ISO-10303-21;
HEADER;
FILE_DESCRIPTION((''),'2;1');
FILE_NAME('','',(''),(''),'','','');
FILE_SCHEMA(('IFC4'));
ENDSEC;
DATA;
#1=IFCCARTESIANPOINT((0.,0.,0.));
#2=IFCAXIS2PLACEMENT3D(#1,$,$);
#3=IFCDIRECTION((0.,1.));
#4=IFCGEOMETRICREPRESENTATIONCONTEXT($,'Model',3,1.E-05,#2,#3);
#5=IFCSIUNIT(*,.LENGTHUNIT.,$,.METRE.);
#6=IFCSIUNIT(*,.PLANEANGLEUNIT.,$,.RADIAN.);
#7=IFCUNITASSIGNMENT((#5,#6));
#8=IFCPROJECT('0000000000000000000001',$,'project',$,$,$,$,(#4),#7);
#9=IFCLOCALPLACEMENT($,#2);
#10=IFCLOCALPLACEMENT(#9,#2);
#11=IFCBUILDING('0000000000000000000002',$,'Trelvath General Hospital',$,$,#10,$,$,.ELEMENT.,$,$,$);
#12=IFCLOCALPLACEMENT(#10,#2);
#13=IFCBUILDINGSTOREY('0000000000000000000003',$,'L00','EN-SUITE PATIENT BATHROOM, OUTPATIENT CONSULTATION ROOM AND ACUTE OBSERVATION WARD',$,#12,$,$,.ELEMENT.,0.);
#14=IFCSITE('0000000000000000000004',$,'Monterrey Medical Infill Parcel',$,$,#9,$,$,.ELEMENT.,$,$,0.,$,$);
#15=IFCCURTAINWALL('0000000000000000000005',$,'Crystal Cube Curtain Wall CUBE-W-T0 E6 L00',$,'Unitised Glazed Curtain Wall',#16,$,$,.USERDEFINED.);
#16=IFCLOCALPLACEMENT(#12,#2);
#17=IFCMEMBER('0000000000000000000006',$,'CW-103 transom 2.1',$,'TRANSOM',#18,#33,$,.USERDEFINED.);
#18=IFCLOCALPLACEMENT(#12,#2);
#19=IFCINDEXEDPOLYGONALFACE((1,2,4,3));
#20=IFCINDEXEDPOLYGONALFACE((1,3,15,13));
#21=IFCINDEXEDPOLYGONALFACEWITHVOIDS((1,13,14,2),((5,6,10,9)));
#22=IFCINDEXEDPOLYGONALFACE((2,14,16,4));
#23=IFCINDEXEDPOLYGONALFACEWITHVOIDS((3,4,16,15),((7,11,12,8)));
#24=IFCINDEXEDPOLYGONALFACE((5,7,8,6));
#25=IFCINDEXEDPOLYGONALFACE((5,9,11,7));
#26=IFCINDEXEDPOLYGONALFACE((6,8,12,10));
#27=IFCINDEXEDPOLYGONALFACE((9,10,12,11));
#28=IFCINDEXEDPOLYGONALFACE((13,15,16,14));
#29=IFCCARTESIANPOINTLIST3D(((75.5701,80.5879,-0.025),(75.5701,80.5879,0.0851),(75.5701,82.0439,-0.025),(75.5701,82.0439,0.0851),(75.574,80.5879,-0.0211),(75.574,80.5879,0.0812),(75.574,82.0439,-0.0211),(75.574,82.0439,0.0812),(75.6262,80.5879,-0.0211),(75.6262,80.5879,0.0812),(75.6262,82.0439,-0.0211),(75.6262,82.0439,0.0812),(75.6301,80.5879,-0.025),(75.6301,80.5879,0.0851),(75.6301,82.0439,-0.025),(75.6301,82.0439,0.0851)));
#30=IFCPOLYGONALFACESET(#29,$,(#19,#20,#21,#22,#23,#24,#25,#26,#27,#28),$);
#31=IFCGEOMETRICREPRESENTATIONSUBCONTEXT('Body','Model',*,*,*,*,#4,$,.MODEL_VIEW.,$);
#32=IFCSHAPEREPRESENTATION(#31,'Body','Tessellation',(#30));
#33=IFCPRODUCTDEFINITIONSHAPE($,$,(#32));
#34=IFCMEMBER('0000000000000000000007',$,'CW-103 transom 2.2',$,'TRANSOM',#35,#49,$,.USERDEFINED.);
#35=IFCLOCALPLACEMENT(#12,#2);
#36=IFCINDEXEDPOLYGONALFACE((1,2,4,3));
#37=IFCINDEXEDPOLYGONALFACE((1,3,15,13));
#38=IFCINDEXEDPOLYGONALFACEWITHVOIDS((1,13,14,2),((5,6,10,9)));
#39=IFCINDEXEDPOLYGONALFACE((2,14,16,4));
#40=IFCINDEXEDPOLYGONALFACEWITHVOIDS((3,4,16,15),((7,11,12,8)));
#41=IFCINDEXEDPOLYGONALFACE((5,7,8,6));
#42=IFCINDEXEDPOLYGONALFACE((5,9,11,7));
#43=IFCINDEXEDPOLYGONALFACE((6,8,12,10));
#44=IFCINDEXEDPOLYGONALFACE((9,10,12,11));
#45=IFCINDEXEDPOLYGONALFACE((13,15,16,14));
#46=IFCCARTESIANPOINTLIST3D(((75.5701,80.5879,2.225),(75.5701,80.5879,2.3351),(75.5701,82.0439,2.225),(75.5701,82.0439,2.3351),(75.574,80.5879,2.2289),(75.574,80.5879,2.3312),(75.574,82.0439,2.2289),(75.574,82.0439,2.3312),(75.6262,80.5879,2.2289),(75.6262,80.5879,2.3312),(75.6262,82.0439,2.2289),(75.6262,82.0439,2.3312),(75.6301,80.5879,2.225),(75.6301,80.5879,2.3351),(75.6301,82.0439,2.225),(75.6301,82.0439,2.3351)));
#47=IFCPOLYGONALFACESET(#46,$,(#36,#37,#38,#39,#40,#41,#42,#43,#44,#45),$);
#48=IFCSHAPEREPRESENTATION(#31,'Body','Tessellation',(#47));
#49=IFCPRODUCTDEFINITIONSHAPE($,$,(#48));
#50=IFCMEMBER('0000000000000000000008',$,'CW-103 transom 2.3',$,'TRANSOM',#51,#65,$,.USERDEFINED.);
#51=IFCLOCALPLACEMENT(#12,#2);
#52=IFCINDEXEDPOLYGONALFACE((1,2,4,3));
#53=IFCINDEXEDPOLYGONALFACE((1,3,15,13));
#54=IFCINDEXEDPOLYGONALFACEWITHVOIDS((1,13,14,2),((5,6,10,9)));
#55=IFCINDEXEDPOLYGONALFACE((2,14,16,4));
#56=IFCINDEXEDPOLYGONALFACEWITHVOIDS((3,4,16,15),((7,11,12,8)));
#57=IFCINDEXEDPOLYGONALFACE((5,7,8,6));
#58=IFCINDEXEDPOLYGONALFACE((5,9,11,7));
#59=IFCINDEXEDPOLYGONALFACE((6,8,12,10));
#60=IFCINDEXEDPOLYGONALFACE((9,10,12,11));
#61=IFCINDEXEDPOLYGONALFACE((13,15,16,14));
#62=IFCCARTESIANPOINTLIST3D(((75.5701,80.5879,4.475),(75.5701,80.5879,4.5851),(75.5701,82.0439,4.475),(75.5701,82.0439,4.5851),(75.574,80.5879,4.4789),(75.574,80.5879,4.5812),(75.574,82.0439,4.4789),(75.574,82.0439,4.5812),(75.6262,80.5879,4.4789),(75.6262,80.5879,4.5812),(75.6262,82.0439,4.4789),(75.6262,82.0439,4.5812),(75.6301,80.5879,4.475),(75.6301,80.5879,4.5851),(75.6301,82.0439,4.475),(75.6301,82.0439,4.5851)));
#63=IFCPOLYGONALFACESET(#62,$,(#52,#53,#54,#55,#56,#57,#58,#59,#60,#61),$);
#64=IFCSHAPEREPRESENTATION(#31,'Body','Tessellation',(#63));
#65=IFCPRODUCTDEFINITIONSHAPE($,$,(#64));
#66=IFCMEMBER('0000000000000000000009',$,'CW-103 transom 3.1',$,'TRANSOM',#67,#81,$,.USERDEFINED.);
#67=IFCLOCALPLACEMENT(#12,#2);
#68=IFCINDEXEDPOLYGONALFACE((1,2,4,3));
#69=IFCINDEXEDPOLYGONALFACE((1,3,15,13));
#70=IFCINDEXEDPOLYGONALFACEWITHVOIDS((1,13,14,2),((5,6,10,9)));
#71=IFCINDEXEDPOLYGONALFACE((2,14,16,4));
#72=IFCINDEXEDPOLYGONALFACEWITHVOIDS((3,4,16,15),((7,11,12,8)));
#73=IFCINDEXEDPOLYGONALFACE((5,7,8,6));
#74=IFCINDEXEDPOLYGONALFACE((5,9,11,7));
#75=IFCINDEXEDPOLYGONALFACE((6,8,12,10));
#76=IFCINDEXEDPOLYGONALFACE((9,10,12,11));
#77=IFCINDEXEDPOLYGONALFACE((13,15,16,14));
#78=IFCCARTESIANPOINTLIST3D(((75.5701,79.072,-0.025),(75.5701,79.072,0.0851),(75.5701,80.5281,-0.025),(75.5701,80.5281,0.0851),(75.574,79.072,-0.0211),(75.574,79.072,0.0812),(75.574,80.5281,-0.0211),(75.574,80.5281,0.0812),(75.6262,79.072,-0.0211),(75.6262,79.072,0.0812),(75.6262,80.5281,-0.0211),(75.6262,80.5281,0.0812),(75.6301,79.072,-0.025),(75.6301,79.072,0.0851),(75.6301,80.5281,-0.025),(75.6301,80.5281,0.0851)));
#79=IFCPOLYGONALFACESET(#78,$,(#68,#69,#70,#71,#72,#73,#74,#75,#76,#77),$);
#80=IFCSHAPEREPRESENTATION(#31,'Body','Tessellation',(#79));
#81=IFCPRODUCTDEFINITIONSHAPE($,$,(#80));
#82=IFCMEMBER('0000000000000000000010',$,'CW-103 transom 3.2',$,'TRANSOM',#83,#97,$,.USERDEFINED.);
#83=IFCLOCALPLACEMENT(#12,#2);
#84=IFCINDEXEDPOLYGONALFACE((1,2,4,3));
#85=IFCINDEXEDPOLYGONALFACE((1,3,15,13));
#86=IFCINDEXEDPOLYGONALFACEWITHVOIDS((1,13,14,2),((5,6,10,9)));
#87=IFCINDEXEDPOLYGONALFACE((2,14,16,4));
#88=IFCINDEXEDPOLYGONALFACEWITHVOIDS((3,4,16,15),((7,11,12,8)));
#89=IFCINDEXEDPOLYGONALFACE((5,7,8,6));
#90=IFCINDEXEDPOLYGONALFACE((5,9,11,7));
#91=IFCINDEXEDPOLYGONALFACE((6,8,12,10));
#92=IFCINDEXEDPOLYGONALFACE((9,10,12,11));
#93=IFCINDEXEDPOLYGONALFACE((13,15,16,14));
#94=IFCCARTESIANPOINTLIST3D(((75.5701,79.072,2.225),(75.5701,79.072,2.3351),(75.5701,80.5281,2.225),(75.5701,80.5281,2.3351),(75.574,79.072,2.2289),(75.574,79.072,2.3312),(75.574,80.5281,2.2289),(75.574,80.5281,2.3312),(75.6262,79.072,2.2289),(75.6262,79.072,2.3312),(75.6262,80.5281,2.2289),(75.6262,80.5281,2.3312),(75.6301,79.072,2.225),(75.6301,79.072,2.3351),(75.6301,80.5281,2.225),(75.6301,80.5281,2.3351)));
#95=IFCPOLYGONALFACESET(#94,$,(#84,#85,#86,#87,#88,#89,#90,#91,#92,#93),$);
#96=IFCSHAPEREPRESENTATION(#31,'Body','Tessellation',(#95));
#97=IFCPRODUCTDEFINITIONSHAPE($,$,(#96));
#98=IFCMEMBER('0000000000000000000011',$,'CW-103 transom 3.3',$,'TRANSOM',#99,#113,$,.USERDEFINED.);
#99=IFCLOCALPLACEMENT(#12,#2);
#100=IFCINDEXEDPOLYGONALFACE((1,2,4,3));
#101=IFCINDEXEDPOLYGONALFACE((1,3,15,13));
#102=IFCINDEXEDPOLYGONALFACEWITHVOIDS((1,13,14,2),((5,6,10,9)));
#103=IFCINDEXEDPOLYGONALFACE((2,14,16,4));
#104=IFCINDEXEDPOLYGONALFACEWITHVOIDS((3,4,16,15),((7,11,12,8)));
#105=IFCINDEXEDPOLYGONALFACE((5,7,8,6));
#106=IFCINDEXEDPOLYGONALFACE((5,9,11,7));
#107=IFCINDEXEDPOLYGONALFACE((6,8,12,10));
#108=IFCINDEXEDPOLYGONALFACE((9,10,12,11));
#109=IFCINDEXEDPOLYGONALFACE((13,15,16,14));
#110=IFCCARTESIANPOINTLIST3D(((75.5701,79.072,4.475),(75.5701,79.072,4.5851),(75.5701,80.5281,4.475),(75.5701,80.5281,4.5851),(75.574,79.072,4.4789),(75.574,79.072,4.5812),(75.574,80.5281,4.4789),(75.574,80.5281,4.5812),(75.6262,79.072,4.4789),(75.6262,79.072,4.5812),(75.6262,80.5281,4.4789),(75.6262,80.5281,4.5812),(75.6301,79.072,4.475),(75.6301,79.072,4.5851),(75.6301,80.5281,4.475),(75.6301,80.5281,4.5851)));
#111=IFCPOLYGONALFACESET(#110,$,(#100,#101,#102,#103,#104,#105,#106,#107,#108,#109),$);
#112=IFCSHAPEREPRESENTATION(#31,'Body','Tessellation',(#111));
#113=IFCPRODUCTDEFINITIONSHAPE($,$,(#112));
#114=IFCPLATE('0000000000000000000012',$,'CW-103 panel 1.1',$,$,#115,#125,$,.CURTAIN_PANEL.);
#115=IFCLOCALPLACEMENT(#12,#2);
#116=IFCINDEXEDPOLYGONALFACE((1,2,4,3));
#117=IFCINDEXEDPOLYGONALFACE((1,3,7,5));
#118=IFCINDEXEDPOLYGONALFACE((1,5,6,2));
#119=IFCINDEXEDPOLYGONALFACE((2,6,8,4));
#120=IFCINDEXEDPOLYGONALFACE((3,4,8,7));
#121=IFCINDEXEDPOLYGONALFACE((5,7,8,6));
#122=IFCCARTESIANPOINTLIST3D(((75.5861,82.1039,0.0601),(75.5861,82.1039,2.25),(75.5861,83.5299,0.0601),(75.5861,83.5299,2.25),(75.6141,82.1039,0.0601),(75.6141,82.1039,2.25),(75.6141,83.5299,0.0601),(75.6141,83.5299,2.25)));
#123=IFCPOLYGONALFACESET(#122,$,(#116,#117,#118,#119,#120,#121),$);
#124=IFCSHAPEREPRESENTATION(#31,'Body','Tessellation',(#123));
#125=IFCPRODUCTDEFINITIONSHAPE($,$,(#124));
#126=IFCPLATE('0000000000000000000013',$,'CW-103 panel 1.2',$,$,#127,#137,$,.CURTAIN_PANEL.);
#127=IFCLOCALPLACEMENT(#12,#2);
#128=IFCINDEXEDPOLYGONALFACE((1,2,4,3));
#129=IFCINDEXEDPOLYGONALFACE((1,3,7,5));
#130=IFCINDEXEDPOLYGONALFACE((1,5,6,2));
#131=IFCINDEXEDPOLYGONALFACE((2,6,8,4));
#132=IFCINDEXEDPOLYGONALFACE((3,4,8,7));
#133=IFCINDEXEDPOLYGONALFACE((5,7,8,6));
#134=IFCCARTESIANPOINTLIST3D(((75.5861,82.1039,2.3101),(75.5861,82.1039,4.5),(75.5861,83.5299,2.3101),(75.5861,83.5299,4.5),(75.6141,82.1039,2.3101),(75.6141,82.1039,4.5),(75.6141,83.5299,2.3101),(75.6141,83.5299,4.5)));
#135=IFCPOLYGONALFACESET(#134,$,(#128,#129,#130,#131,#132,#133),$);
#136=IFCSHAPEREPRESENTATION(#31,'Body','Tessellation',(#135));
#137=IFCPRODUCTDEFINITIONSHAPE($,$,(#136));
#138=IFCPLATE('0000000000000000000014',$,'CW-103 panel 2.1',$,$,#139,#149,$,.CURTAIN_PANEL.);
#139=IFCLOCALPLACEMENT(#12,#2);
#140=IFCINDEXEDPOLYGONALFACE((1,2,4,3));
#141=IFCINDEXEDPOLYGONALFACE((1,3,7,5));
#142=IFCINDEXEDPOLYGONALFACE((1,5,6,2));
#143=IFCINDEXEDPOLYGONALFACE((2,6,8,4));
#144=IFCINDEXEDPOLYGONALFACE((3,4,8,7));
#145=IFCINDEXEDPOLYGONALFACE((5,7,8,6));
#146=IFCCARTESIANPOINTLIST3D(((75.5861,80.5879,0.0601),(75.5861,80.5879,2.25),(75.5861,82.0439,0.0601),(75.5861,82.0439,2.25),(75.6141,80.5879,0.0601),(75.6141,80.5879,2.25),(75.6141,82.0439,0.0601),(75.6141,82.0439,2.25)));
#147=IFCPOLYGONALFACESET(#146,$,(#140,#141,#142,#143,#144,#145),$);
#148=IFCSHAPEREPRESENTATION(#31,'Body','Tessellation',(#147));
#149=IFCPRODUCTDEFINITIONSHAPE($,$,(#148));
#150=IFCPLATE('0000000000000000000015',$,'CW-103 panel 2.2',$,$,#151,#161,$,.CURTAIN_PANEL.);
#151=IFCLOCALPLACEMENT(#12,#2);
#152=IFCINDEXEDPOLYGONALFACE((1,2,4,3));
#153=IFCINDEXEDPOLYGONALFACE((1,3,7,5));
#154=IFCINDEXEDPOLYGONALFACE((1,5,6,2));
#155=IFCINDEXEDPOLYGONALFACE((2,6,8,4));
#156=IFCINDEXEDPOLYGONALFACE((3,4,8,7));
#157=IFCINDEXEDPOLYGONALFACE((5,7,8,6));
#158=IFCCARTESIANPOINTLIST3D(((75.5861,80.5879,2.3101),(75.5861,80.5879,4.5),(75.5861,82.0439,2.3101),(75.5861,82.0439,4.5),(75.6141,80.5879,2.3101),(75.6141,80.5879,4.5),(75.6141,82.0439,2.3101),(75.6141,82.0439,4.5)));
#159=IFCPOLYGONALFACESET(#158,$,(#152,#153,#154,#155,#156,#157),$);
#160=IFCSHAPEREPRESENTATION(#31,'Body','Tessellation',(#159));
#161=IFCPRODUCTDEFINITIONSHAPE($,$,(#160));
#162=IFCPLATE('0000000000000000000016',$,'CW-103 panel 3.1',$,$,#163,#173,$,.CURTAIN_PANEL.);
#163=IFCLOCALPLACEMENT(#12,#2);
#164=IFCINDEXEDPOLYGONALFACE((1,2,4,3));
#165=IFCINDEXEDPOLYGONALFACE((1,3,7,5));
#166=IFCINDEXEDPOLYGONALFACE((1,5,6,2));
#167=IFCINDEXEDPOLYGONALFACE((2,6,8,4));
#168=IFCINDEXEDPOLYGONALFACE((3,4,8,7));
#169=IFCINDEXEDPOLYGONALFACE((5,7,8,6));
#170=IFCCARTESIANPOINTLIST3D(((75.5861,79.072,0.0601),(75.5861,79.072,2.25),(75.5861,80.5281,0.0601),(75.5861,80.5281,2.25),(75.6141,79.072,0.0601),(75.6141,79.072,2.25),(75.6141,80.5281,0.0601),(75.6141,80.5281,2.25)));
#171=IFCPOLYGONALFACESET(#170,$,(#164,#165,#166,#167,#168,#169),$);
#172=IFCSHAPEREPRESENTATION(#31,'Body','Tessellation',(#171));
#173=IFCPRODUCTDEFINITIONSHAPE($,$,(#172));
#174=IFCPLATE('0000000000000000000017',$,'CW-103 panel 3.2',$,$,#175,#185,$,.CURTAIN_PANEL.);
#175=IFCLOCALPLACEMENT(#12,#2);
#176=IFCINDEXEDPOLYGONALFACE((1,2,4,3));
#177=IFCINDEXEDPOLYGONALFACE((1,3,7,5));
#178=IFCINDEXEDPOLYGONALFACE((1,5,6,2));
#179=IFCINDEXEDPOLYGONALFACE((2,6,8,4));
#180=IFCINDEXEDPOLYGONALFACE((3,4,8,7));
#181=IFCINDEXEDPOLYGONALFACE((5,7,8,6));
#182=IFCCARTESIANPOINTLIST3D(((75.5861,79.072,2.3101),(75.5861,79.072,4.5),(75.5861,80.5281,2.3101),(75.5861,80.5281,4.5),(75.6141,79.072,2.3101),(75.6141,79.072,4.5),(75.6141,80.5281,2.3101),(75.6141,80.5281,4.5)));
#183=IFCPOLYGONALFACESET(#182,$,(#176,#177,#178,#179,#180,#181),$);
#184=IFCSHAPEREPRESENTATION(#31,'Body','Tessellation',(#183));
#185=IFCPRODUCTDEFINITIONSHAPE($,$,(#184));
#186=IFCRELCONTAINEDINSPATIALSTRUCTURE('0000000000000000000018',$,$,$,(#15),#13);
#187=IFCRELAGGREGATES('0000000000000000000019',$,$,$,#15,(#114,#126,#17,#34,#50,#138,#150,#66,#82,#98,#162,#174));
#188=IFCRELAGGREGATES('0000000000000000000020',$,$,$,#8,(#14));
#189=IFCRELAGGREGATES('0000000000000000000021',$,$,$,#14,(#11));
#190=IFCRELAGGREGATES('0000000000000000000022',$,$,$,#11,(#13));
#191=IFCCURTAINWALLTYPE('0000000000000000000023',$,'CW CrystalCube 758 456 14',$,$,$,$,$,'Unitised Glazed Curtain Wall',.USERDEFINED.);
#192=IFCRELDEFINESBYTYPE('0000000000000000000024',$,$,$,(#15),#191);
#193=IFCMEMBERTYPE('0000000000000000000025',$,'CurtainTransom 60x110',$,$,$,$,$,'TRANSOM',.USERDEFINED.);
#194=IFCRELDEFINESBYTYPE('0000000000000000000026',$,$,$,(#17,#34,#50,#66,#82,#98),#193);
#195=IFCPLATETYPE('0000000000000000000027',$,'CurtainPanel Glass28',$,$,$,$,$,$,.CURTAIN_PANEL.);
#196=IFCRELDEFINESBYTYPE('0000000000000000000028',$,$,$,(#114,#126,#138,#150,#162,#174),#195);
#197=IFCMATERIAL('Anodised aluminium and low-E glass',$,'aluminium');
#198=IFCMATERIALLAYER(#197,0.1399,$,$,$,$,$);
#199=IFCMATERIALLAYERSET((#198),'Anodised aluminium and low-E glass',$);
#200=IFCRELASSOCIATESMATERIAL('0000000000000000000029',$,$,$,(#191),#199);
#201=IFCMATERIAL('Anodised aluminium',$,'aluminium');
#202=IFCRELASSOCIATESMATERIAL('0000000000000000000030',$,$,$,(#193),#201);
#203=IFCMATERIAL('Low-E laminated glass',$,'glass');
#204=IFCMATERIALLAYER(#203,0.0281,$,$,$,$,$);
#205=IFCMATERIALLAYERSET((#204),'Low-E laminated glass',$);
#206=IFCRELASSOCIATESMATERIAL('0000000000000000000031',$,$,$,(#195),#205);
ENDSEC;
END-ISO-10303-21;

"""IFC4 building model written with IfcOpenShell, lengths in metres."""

from ifc_helpers import new_model, si_unit, direction, frame, origin, origin_2d, place, context, subcontext, project, spatial, rectangle, hollow_rectangle, extrude, material, layer, layer_set, material_profile, profile_set, type_object, element, aggregate, save


model = new_model("IFC4")

# Units and contexts
model_context = context("Model", 3, precision=1e-05, world=origin(), true_north=direction((0.0, 1.0)))
body_context = subcontext(model_context, "Body", "Model", "MODEL_VIEW")
ifc_project = project(units=[si_unit("LENGTHUNIT", "METRE"), si_unit("PLANEANGLEUNIT", "RADIAN")], contexts=[model_context])

# Site, building, storey
site_placement = place(None, origin())
site = spatial("IfcSite", under=ifc_project, at=site_placement, Name="Monterrey Medical Infill Parcel", CompositionType="ELEMENT", RefElevation=0.0)
building_placement = place(site_placement, origin())
building = spatial("IfcBuilding", under=site, at=building_placement, Name="Trelvath General Hospital", CompositionType="ELEMENT")
storey_placement = place(building_placement, origin())
storey = spatial("IfcBuildingStorey", under=building, at=storey_placement, Name="L00", Description="EN-SUITE PATIENT BATHROOM, OUTPATIENT CONSULTATION ROOM AND ACUTE OBSERVATION WARD", CompositionType="ELEMENT", Elevation=0.0)

# Curtain wall, members, plates
ifc_material_1 = material(Name="Anodised aluminium and low-E glass", Category="aluminium")
ifc_layer_1 = layer(ifc_material_1, 0.1399)
ifc_layer_set_1 = layer_set([ifc_layer_1], Name="Anodised aluminium and low-E glass")
curtain_wall_type = type_object("IfcCurtainWallType", Name="CW CrystalCube 758 456 14", ElementType="Unitised Glazed Curtain Wall", PredefinedType="USERDEFINED", material=ifc_layer_set_1)
curtain_wall_placement = place(storey_placement, origin())
curtain_wall = element("IfcCurtainWall", 1, at=curtain_wall_placement, inside=storey, type_object=curtain_wall_type, Name="Crystal Cube Curtain Wall CUBE-W-T0 E6 L00", ObjectType="Unitised Glazed Curtain Wall", PredefinedType="USERDEFINED")
ifc_material_2 = material(Name="Anodised aluminium", Category="aluminium")
ifc_material_profile_1 = material_profile(ifc_material_2, hollow_rectangle(XDim=0.0601, YDim=0.1101, WallThickness=0.0039, at=origin_2d()), Name="RHS60x110x4")
ifc_profile_set_1 = profile_set([ifc_material_profile_1], Name="Anodised aluminium")
member_type_1 = type_object("IfcMemberType", Name="CurtainTransom 60x110", ElementType="TRANSOM", PredefinedType="USERDEFINED", material=ifc_profile_set_1)
member_1_placement = place(storey_placement, frame((75.6001, 82.0439, 0.03), z_axis=(0.0, -1.0, 0.0), x_axis=(1.0, 0.0, 0.0)))
member_1 = element("IfcMember", 2, at=member_1_placement, type_object=member_type_1, Name="CW-103 transom 2.1", ObjectType="TRANSOM", PredefinedType="USERDEFINED", context=body_context, shape_type="SweptSolid", body=[
    extrude(hollow_rectangle(XDim=0.0601, YDim=0.1101, WallThickness=0.0039, at=origin_2d()), origin(), (0.0, 0.0, 1.0), 1.4561),
])
member_2_placement = place(storey_placement, frame((75.6001, 82.0439, 2.28), z_axis=(0.0, -1.0, 0.0), x_axis=(1.0, 0.0, 0.0)))
member_2 = element("IfcMember", 3, at=member_2_placement, type_object=member_type_1, Name="CW-103 transom 2.2", ObjectType="TRANSOM", PredefinedType="USERDEFINED", context=body_context, shape_type="SweptSolid", body=[
    extrude(hollow_rectangle(XDim=0.0601, YDim=0.1101, WallThickness=0.0039, at=origin_2d()), origin(), (0.0, 0.0, 1.0), 1.4561),
])
member_3_placement = place(storey_placement, frame((75.6001, 82.0439, 4.53), z_axis=(0.0, -1.0, 0.0), x_axis=(1.0, 0.0, 0.0)))
member_3 = element("IfcMember", 4, at=member_3_placement, type_object=member_type_1, Name="CW-103 transom 2.3", ObjectType="TRANSOM", PredefinedType="USERDEFINED", context=body_context, shape_type="SweptSolid", body=[
    extrude(hollow_rectangle(XDim=0.0601, YDim=0.1101, WallThickness=0.0039, at=origin_2d()), origin(), (0.0, 0.0, 1.0), 1.4561),
])
member_4_placement = place(storey_placement, frame((75.6001, 80.5281, 0.03), z_axis=(0.0, -1.0, 0.0), x_axis=(1.0, 0.0, 0.0)))
member_4 = element("IfcMember", 5, at=member_4_placement, type_object=member_type_1, Name="CW-103 transom 3.1", ObjectType="TRANSOM", PredefinedType="USERDEFINED", context=body_context, shape_type="SweptSolid", body=[
    extrude(hollow_rectangle(XDim=0.0601, YDim=0.1101, WallThickness=0.0039, at=origin_2d()), origin(), (0.0, 0.0, 1.0), 1.4561),
])
member_5_placement = place(storey_placement, frame((75.6001, 80.5281, 2.28), z_axis=(0.0, -1.0, 0.0), x_axis=(1.0, 0.0, 0.0)))
member_5 = element("IfcMember", 6, at=member_5_placement, type_object=member_type_1, Name="CW-103 transom 3.2", ObjectType="TRANSOM", PredefinedType="USERDEFINED", context=body_context, shape_type="SweptSolid", body=[
    extrude(hollow_rectangle(XDim=0.0601, YDim=0.1101, WallThickness=0.0039, at=origin_2d()), origin(), (0.0, 0.0, 1.0), 1.4561),
])
member_6_placement = place(storey_placement, frame((75.6001, 80.5281, 4.53), z_axis=(0.0, -1.0, 0.0), x_axis=(1.0, 0.0, 0.0)))
member_6 = element("IfcMember", 7, at=member_6_placement, type_object=member_type_1, Name="CW-103 transom 3.3", ObjectType="TRANSOM", PredefinedType="USERDEFINED", context=body_context, shape_type="SweptSolid", body=[
    extrude(hollow_rectangle(XDim=0.0601, YDim=0.1101, WallThickness=0.0039, at=origin_2d()), origin(), (0.0, 0.0, 1.0), 1.4561),
])
ifc_material_3 = material(Name="Low-E laminated glass", Category="glass")
ifc_layer_2 = layer(ifc_material_3, 0.0281)
ifc_layer_set_2 = layer_set([ifc_layer_2], Name="Low-E laminated glass")
plate_type = type_object("IfcPlateType", Name="CurtainPanel Glass28", PredefinedType="CURTAIN_PANEL", material=ifc_layer_set_2)
plate_1_placement = place(storey_placement, frame((75.6001, 82.8169, 0.0601), z_axis=(0.0, 0.0, 1.0), x_axis=(0.0, -1.0, 0.0)))
plate_1 = element("IfcPlate", 8, at=plate_1_placement, type_object=plate_type, Name="CW-103 panel 1.1", PredefinedType="CURTAIN_PANEL", context=body_context, shape_type="SweptSolid", body=[
    extrude(rectangle(XDim=1.426, YDim=0.0281, at=origin_2d()), origin(), (0.0, 0.0, 1.0), 2.1899),
])
plate_2_placement = place(storey_placement, frame((75.6001, 82.8169, 2.3101), z_axis=(0.0, 0.0, 1.0), x_axis=(0.0, -1.0, 0.0)))
plate_2 = element("IfcPlate", 9, at=plate_2_placement, type_object=plate_type, Name="CW-103 panel 1.2", PredefinedType="CURTAIN_PANEL", context=body_context, shape_type="SweptSolid", body=[
    extrude(rectangle(XDim=1.426, YDim=0.0281, at=origin_2d()), origin(), (0.0, 0.0, 1.0), 2.1899),
])
plate_3_placement = place(storey_placement, frame((75.6001, 81.3159, 0.0601), z_axis=(0.0, 0.0, 1.0), x_axis=(0.0, -1.0, 0.0)))
plate_3 = element("IfcPlate", 10, at=plate_3_placement, type_object=plate_type, Name="CW-103 panel 2.1", PredefinedType="CURTAIN_PANEL", context=body_context, shape_type="SweptSolid", body=[
    extrude(rectangle(XDim=1.4561, YDim=0.0281, at=origin_2d()), origin(), (0.0, 0.0, 1.0), 2.1899),
])
plate_4_placement = place(storey_placement, frame((75.6001, 81.3159, 2.3101), z_axis=(0.0, 0.0, 1.0), x_axis=(0.0, -1.0, 0.0)))
plate_4 = element("IfcPlate", 11, at=plate_4_placement, type_object=plate_type, Name="CW-103 panel 2.2", PredefinedType="CURTAIN_PANEL", context=body_context, shape_type="SweptSolid", body=[
    extrude(rectangle(XDim=1.4561, YDim=0.0281, at=origin_2d()), origin(), (0.0, 0.0, 1.0), 2.1899),
])
plate_5_placement = place(storey_placement, frame((75.6001, 79.8, 0.0601), z_axis=(0.0, 0.0, 1.0), x_axis=(0.0, -1.0, 0.0)))
plate_5 = element("IfcPlate", 12, at=plate_5_placement, type_object=plate_type, Name="CW-103 panel 3.1", PredefinedType="CURTAIN_PANEL", context=body_context, shape_type="SweptSolid", body=[
    extrude(rectangle(XDim=1.4561, YDim=0.0281, at=origin_2d()), origin(), (0.0, 0.0, 1.0), 2.1899),
])
plate_6_placement = place(storey_placement, frame((75.6001, 79.8, 2.3101), z_axis=(0.0, 0.0, 1.0), x_axis=(0.0, -1.0, 0.0)))
plate_6 = element("IfcPlate", 13, at=plate_6_placement, type_object=plate_type, Name="CW-103 panel 3.2", PredefinedType="CURTAIN_PANEL", context=body_context, shape_type="SweptSolid", body=[
    extrude(rectangle(XDim=1.4561, YDim=0.0281, at=origin_2d()), origin(), (0.0, 0.0, 1.0), 2.1899),
])
aggregate(curtain_wall, [plate_1, plate_2, member_1, member_2, member_3, plate_3, plate_4, member_4, member_5, member_6, plate_5, plate_6])

save(model, "model.ifc")
